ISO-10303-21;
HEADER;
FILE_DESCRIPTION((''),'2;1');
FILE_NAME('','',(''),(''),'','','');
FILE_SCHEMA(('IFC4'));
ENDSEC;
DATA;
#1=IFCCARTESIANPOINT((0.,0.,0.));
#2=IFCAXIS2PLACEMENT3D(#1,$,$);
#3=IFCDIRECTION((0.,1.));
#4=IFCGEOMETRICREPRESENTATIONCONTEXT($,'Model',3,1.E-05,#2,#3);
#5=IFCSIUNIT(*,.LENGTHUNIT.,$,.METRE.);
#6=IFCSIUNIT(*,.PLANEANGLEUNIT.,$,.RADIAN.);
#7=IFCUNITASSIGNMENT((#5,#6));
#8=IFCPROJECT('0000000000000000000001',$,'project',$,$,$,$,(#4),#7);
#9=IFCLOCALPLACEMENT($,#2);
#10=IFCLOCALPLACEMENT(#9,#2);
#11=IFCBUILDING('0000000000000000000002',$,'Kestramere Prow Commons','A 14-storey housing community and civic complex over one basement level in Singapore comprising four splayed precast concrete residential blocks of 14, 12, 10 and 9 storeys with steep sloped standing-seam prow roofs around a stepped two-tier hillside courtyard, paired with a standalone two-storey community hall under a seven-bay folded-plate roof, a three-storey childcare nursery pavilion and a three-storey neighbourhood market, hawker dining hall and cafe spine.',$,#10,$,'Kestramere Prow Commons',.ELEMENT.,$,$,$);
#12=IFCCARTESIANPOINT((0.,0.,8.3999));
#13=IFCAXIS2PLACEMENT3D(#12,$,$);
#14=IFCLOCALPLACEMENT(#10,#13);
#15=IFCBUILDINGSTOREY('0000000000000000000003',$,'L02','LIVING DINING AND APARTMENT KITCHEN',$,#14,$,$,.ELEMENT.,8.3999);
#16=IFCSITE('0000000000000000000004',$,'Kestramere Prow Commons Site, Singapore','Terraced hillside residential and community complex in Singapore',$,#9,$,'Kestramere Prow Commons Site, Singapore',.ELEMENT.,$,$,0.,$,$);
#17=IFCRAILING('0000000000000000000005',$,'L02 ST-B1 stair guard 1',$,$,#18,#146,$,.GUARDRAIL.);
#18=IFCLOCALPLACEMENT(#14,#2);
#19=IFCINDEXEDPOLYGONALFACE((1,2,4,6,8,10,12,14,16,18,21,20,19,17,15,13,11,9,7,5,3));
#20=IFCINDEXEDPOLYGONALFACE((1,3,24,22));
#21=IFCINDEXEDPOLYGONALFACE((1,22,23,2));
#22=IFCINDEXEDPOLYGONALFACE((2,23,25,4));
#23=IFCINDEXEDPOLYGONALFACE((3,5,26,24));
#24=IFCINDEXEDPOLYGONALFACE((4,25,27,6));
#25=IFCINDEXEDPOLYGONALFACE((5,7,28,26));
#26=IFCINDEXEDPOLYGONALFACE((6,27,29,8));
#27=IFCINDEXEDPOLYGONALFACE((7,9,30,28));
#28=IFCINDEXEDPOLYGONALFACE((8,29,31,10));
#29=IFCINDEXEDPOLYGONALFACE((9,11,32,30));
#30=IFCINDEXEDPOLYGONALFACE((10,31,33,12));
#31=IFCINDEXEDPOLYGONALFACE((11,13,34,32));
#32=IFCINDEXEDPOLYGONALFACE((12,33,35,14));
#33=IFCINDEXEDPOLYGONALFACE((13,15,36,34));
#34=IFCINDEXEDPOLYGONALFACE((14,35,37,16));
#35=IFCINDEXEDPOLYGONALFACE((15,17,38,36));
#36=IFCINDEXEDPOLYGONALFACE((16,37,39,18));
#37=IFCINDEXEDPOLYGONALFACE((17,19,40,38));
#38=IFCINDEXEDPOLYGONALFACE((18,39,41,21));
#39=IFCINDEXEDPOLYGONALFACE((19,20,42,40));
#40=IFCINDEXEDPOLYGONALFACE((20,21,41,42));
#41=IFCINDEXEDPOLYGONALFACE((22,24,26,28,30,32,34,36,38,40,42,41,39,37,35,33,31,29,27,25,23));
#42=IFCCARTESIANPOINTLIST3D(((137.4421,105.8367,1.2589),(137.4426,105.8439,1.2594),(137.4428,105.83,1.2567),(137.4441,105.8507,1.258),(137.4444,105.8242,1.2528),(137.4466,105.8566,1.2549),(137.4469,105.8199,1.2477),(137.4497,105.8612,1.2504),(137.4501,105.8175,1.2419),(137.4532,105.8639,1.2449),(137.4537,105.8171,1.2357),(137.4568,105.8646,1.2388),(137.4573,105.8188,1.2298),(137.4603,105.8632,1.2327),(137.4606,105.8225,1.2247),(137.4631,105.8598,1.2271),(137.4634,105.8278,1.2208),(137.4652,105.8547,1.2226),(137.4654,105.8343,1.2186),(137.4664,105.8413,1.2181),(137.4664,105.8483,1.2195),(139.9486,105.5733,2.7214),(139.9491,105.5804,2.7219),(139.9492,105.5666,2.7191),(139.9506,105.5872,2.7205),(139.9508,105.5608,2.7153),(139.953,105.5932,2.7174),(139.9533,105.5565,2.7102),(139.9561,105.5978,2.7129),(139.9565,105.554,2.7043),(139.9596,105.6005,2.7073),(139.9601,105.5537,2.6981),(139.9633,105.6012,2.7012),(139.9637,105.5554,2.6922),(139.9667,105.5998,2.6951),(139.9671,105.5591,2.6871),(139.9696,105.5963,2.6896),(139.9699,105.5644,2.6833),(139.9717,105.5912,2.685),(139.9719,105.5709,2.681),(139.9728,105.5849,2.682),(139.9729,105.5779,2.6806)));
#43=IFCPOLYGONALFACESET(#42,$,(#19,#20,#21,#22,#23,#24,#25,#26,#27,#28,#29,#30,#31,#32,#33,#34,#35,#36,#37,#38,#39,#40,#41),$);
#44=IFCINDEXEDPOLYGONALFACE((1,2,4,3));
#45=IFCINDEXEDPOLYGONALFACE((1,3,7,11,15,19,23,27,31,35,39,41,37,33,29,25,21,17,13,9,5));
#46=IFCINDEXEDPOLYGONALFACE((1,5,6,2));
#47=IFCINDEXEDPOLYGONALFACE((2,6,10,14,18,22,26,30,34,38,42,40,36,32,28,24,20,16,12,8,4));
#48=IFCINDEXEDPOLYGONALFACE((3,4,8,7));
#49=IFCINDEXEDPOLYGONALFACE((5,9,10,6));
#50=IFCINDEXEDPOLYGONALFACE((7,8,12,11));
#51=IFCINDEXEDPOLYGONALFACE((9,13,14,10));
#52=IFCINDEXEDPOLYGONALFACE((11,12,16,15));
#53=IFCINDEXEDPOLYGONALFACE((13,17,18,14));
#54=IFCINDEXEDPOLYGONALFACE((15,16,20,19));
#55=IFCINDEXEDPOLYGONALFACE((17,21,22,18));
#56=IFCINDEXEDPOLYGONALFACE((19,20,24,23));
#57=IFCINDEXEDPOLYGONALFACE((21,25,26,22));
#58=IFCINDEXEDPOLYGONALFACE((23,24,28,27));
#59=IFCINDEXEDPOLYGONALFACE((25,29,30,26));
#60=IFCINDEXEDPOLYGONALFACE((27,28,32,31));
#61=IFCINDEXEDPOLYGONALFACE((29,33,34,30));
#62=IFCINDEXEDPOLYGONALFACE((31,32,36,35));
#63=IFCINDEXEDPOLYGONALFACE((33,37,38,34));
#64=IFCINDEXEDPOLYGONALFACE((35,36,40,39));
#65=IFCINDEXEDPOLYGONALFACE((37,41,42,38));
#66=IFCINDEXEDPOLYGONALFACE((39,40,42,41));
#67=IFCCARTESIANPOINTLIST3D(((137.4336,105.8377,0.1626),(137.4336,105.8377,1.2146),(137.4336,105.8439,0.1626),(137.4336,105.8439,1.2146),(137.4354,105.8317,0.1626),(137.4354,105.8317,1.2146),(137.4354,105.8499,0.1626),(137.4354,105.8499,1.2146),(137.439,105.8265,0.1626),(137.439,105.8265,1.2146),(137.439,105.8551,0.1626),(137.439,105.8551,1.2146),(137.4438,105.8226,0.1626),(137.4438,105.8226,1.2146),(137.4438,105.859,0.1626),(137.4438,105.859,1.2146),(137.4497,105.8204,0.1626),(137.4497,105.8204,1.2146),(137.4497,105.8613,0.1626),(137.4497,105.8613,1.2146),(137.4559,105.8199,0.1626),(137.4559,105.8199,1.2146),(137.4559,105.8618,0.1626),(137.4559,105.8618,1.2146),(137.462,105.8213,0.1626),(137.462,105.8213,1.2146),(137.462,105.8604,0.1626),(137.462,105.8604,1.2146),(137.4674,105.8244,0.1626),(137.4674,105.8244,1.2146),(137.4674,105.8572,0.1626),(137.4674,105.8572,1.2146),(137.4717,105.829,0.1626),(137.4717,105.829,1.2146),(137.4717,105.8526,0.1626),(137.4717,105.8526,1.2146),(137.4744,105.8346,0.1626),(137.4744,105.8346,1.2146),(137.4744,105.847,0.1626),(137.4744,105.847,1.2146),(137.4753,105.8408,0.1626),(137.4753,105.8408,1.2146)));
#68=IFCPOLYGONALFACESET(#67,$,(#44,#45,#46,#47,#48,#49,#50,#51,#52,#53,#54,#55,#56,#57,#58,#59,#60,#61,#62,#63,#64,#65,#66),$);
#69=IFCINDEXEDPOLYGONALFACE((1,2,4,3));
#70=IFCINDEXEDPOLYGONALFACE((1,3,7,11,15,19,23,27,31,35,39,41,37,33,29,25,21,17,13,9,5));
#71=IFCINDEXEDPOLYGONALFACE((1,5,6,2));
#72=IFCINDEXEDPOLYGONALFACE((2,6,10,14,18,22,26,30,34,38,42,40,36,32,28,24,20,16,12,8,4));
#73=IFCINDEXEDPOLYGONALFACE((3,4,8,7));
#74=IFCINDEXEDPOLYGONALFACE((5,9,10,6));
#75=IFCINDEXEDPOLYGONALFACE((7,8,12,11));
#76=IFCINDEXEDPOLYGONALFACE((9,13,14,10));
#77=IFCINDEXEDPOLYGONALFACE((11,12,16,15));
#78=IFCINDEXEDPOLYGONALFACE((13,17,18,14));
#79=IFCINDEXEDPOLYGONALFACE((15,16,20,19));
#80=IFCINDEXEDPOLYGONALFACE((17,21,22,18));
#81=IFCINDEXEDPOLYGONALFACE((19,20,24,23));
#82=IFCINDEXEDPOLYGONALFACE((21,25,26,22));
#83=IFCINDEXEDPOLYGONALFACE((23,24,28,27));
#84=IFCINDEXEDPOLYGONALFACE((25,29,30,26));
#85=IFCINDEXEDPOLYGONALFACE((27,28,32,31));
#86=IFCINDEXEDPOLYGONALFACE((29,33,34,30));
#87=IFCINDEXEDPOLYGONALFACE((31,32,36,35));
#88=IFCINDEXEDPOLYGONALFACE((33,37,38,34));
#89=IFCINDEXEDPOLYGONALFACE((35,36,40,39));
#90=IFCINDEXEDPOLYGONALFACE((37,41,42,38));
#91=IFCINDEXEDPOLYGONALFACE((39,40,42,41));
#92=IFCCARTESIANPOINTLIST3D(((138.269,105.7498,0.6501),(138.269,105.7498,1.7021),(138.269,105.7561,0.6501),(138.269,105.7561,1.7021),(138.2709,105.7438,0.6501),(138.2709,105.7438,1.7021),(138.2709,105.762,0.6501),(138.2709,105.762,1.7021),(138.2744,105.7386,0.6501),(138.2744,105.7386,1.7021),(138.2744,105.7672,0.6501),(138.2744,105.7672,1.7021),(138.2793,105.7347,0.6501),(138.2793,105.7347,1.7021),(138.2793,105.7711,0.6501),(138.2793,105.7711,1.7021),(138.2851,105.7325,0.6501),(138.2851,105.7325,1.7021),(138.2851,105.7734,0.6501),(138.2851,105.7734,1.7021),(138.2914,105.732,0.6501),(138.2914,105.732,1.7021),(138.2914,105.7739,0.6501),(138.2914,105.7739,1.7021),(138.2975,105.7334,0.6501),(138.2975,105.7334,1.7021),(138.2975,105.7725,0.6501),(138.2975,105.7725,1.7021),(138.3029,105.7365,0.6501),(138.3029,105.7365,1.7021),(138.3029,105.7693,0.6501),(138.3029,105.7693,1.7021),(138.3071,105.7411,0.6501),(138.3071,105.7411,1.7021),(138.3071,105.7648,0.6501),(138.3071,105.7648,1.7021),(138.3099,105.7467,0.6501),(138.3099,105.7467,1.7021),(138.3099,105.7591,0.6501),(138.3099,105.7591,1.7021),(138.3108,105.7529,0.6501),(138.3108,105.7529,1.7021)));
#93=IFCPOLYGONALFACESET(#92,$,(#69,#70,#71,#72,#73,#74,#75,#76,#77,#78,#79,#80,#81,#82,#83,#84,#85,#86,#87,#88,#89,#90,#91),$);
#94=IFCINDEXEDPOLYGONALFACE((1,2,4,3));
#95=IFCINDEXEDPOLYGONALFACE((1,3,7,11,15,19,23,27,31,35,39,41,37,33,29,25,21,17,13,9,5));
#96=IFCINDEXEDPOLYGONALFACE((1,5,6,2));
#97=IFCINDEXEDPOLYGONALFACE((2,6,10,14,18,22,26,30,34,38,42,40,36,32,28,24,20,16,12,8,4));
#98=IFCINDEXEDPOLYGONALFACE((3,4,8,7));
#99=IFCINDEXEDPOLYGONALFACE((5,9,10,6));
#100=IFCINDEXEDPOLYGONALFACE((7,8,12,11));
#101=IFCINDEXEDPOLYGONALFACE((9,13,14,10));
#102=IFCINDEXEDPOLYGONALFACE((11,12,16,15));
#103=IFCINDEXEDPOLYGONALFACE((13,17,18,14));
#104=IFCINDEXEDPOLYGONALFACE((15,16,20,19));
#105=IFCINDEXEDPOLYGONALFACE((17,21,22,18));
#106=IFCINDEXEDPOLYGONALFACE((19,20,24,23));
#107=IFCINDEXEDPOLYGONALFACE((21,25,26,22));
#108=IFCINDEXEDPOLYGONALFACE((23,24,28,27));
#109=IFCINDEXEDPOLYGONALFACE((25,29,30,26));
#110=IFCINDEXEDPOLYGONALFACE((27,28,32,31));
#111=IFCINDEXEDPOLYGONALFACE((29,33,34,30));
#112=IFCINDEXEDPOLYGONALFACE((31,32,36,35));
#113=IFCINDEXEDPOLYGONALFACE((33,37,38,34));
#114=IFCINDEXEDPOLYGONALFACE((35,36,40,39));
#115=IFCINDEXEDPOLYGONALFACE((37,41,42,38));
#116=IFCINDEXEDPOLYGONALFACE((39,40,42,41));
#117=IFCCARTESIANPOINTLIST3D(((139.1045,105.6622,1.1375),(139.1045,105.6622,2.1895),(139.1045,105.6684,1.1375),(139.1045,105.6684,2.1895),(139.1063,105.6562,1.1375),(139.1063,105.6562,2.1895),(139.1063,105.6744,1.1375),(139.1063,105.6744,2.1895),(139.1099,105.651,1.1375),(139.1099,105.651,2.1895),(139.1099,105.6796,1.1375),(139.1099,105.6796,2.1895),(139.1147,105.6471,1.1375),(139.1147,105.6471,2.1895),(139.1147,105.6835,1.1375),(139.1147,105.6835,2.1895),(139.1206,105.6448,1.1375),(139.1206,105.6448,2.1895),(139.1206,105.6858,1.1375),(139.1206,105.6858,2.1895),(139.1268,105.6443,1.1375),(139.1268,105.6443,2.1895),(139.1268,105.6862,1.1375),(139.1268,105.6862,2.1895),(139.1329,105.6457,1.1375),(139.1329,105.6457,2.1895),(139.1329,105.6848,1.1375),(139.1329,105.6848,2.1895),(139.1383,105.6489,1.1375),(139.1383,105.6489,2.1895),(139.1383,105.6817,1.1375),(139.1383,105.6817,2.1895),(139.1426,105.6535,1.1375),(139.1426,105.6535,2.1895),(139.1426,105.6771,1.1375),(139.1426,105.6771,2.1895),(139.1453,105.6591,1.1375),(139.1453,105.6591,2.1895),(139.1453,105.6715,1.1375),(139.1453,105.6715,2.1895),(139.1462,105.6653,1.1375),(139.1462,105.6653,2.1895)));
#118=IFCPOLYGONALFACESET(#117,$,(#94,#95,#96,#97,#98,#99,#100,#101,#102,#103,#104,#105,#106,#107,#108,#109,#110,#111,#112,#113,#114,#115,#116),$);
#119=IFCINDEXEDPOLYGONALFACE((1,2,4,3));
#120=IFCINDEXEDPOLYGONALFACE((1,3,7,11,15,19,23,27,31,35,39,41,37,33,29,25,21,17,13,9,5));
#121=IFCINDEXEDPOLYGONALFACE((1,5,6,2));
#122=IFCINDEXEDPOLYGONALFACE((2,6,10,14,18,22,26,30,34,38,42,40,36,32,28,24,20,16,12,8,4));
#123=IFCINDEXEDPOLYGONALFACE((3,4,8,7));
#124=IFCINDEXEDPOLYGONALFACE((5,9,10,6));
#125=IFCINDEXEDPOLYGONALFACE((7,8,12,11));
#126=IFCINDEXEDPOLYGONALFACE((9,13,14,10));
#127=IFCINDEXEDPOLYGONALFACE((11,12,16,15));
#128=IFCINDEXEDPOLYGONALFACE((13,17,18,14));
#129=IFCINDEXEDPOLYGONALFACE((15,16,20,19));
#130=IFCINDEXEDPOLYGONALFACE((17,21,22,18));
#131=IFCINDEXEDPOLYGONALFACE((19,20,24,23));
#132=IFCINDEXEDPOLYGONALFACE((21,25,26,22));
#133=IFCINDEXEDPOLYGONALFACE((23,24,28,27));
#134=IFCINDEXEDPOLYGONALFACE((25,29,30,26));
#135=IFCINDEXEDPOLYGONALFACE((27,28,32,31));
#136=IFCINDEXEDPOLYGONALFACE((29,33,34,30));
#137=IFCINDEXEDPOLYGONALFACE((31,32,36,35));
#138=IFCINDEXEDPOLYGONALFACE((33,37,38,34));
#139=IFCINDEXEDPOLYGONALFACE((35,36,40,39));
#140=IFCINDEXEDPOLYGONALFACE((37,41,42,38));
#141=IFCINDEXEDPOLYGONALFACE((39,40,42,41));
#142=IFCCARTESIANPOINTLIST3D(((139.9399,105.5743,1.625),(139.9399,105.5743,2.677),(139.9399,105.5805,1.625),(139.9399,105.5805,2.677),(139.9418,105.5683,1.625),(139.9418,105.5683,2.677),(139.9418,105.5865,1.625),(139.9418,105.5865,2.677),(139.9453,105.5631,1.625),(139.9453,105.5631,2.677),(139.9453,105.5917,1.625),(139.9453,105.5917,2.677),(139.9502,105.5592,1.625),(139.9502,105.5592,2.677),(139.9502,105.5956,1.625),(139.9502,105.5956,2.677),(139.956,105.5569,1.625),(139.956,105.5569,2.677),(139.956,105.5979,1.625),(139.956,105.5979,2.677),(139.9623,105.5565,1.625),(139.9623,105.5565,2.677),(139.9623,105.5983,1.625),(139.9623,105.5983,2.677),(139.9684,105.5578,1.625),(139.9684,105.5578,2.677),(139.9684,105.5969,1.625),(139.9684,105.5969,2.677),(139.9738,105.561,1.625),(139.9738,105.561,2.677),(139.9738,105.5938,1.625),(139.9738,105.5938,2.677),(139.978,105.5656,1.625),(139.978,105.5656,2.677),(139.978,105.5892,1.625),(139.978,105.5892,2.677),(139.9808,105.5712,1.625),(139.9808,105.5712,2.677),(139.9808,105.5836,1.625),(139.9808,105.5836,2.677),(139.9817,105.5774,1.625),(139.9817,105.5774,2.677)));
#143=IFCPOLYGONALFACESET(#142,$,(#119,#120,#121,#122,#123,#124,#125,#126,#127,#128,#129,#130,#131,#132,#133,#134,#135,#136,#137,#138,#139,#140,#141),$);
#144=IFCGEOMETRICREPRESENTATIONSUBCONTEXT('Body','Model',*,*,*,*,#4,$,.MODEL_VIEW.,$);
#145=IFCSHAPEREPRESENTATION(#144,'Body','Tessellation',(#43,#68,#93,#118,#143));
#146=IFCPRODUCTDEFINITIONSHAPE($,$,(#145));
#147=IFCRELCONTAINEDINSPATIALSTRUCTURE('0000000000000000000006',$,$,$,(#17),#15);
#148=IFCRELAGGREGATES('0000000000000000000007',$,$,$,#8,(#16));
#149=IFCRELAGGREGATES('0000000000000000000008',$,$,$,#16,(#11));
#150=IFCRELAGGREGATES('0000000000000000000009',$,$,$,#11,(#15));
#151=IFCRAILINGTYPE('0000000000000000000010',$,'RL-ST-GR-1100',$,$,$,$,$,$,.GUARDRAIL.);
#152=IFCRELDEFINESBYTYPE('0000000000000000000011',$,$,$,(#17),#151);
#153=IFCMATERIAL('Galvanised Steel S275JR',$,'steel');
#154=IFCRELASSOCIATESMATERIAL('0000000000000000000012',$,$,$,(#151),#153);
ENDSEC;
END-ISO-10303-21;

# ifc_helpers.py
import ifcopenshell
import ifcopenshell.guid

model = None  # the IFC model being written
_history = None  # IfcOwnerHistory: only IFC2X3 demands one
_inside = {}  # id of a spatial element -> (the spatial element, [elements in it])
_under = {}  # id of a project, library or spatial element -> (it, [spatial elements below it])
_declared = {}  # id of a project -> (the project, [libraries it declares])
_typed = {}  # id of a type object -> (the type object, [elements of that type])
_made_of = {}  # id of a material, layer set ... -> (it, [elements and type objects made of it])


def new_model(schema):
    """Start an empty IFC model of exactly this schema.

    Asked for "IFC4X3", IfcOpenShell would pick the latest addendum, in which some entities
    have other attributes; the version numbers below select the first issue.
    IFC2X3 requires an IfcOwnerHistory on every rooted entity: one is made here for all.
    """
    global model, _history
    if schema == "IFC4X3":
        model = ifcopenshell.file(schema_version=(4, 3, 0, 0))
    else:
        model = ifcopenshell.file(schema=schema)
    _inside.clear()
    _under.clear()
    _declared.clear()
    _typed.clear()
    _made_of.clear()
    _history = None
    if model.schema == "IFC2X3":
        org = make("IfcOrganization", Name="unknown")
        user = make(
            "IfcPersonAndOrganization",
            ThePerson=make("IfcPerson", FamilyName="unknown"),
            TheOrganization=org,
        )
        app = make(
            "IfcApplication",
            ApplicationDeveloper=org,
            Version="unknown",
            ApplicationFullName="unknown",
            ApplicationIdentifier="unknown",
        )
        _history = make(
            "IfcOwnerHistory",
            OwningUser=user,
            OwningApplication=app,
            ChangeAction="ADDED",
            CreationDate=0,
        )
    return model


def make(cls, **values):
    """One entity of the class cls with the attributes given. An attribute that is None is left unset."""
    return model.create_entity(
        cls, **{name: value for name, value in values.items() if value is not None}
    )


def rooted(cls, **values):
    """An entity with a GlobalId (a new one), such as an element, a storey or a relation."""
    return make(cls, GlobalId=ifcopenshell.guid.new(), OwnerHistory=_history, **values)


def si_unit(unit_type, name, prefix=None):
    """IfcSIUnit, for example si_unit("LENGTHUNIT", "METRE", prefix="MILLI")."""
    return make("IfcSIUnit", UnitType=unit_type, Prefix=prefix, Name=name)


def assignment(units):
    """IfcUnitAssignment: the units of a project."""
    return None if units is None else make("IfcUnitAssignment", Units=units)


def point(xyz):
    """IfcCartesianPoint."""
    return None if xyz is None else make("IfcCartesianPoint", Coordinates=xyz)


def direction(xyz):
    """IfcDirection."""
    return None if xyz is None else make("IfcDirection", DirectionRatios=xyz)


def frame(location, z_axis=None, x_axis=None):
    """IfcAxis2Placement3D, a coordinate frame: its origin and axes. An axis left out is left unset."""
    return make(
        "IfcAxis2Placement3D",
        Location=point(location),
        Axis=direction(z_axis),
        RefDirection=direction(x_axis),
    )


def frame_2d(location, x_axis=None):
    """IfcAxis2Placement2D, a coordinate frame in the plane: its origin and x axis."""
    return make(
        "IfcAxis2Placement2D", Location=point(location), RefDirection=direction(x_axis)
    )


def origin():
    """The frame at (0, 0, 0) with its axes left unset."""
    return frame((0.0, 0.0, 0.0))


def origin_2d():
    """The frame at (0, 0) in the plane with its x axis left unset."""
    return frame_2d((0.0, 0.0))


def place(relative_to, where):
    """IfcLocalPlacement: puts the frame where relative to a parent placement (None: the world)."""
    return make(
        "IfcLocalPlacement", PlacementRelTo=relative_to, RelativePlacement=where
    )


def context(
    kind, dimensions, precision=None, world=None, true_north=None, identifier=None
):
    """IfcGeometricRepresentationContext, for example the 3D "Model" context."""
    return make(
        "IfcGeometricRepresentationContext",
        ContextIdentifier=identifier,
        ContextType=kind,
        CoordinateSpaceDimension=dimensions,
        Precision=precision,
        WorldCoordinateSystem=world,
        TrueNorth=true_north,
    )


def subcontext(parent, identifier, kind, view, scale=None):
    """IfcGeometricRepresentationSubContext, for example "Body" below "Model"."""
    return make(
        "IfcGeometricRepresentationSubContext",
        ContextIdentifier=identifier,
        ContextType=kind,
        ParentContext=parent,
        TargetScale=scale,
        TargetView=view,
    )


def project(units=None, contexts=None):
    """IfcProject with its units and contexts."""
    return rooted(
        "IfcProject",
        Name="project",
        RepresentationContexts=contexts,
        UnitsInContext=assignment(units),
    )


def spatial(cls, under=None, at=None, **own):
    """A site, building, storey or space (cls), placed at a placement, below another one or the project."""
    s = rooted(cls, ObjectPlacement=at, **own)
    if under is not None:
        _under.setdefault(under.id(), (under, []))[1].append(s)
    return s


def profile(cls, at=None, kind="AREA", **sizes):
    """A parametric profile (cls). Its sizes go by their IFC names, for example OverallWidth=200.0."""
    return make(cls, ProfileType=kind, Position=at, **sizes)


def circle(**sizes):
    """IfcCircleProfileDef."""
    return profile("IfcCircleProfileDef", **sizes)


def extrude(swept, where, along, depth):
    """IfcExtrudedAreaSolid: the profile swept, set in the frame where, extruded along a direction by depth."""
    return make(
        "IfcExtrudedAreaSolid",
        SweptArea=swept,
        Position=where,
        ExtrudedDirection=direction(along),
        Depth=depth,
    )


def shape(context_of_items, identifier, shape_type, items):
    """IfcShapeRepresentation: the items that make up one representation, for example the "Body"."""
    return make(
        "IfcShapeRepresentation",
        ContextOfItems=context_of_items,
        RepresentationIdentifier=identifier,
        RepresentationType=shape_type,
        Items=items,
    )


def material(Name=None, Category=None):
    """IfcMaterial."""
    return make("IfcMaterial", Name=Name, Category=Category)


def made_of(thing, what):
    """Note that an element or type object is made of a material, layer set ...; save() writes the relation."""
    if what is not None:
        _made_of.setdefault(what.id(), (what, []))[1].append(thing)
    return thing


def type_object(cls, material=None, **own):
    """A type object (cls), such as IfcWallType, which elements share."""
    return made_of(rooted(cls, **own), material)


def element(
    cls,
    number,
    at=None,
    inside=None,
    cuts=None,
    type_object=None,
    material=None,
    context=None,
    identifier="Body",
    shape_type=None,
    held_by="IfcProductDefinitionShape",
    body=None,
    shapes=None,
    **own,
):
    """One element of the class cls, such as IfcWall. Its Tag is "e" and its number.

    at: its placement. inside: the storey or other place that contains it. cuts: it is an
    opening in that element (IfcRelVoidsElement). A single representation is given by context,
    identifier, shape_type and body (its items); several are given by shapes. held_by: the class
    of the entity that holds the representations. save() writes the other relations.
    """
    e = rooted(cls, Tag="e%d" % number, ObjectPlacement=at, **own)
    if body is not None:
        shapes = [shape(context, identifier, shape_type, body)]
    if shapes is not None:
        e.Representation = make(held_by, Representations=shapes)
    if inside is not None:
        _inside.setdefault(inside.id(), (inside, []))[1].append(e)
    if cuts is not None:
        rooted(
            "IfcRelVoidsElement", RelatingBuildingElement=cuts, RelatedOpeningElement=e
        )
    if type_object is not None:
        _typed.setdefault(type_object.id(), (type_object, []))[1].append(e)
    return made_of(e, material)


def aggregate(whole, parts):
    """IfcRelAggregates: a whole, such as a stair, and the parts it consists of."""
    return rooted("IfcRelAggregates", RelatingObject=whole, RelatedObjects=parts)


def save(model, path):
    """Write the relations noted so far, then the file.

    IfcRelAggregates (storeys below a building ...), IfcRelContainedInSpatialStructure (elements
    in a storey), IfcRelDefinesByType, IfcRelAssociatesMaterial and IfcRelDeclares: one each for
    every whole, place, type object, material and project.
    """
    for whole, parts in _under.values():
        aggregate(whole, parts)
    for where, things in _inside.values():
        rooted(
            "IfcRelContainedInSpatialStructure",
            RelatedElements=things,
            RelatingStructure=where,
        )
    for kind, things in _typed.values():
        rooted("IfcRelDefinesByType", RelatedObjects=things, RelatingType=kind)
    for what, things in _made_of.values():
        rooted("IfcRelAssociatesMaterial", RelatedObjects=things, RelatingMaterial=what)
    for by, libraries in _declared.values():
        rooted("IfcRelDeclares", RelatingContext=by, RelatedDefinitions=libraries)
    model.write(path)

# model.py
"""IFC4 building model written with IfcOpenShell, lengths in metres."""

from ifc_helpers import new_model, si_unit, direction, frame, origin, origin_2d, place, context, subcontext, project, spatial, circle, extrude, material, type_object, element, save


model = new_model("IFC4")

# Units and contexts
model_context = context("Model", 3, precision=1e-05, world=origin(), true_north=direction((0.0, 1.0)))
body_context = subcontext(model_context, "Body", "Model", "MODEL_VIEW")
ifc_project = project(units=[si_unit("LENGTHUNIT", "METRE"), si_unit("PLANEANGLEUNIT", "RADIAN")], contexts=[model_context])

# Site, building, storey
site_placement = place(None, origin())
site = spatial("IfcSite", under=ifc_project, at=site_placement, Name="Kestramere Prow Commons Site, Singapore", Description="Terraced hillside residential and community complex in Singapore", LongName="Kestramere Prow Commons Site, Singapore", CompositionType="ELEMENT", RefElevation=0.0)
building_placement = place(site_placement, origin())
building = spatial("IfcBuilding", under=site, at=building_placement, Name="Kestramere Prow Commons", Description="A 14-storey housing community and civic complex over one basement level in Singapore comprising four splayed precast concrete residential blocks of 14, 12, 10 and 9 storeys with steep sloped standing-seam prow roofs around a stepped two-tier hillside courtyard, paired with a standalone two-storey community hall under a seven-bay folded-plate roof, a three-storey childcare nursery pavilion and a three-storey neighbourhood market, hawker dining hall and cafe spine.", LongName="Kestramere Prow Commons", CompositionType="ELEMENT")
storey_placement = place(building_placement, frame((0.0, 0.0, 8.3999)))
storey = spatial("IfcBuildingStorey", under=building, at=storey_placement, Name="L02", Description="LIVING DINING AND APARTMENT KITCHEN", CompositionType="ELEMENT", Elevation=8.3999)

# Railing
ifc_material_1 = material(Name="Galvanised Steel S275JR", Category="steel")
railing_type_1 = type_object("IfcRailingType", Name="RL-ST-GR-1100", PredefinedType="GUARDRAIL", material=ifc_material_1)
railing_1_placement = place(storey_placement, frame((137.4543, 105.8408, 0.1626)))
element("IfcRailing", 1, at=railing_1_placement, inside=storey, type_object=railing_type_1, Name="L02 ST-B1 stair guard 1", PredefinedType="GUARDRAIL", context=body_context, shape_type="SweptSolid", body=[
    extrude(circle(Radius=0.0239, at=origin_2d()), frame((0.0, 0.0, 1.0762), z_axis=(0.860187, -0.090409, 0.501901), x_axis=(0.104528, 0.994522, 0.0)), (0.0, 0.0, 1.0), 2.9138),
    extrude(circle(Radius=0.021, at=origin_2d()), origin(), (0.0, 0.0, 1.0), 1.052),
    extrude(circle(Radius=0.021, at=origin_2d()), frame((0.8354, -0.0879, 0.4875)), (0.0, 0.0, 1.0), 1.052),
    extrude(circle(Radius=0.021, at=origin_2d()), frame((1.6709, -0.1755, 0.9749)), (0.0, 0.0, 1.0), 1.052),
    extrude(circle(Radius=0.021, at=origin_2d()), frame((2.5063, -0.2634, 1.4624)), (0.0, 0.0, 1.0), 1.052),
])

save(model, "model.ifc")
